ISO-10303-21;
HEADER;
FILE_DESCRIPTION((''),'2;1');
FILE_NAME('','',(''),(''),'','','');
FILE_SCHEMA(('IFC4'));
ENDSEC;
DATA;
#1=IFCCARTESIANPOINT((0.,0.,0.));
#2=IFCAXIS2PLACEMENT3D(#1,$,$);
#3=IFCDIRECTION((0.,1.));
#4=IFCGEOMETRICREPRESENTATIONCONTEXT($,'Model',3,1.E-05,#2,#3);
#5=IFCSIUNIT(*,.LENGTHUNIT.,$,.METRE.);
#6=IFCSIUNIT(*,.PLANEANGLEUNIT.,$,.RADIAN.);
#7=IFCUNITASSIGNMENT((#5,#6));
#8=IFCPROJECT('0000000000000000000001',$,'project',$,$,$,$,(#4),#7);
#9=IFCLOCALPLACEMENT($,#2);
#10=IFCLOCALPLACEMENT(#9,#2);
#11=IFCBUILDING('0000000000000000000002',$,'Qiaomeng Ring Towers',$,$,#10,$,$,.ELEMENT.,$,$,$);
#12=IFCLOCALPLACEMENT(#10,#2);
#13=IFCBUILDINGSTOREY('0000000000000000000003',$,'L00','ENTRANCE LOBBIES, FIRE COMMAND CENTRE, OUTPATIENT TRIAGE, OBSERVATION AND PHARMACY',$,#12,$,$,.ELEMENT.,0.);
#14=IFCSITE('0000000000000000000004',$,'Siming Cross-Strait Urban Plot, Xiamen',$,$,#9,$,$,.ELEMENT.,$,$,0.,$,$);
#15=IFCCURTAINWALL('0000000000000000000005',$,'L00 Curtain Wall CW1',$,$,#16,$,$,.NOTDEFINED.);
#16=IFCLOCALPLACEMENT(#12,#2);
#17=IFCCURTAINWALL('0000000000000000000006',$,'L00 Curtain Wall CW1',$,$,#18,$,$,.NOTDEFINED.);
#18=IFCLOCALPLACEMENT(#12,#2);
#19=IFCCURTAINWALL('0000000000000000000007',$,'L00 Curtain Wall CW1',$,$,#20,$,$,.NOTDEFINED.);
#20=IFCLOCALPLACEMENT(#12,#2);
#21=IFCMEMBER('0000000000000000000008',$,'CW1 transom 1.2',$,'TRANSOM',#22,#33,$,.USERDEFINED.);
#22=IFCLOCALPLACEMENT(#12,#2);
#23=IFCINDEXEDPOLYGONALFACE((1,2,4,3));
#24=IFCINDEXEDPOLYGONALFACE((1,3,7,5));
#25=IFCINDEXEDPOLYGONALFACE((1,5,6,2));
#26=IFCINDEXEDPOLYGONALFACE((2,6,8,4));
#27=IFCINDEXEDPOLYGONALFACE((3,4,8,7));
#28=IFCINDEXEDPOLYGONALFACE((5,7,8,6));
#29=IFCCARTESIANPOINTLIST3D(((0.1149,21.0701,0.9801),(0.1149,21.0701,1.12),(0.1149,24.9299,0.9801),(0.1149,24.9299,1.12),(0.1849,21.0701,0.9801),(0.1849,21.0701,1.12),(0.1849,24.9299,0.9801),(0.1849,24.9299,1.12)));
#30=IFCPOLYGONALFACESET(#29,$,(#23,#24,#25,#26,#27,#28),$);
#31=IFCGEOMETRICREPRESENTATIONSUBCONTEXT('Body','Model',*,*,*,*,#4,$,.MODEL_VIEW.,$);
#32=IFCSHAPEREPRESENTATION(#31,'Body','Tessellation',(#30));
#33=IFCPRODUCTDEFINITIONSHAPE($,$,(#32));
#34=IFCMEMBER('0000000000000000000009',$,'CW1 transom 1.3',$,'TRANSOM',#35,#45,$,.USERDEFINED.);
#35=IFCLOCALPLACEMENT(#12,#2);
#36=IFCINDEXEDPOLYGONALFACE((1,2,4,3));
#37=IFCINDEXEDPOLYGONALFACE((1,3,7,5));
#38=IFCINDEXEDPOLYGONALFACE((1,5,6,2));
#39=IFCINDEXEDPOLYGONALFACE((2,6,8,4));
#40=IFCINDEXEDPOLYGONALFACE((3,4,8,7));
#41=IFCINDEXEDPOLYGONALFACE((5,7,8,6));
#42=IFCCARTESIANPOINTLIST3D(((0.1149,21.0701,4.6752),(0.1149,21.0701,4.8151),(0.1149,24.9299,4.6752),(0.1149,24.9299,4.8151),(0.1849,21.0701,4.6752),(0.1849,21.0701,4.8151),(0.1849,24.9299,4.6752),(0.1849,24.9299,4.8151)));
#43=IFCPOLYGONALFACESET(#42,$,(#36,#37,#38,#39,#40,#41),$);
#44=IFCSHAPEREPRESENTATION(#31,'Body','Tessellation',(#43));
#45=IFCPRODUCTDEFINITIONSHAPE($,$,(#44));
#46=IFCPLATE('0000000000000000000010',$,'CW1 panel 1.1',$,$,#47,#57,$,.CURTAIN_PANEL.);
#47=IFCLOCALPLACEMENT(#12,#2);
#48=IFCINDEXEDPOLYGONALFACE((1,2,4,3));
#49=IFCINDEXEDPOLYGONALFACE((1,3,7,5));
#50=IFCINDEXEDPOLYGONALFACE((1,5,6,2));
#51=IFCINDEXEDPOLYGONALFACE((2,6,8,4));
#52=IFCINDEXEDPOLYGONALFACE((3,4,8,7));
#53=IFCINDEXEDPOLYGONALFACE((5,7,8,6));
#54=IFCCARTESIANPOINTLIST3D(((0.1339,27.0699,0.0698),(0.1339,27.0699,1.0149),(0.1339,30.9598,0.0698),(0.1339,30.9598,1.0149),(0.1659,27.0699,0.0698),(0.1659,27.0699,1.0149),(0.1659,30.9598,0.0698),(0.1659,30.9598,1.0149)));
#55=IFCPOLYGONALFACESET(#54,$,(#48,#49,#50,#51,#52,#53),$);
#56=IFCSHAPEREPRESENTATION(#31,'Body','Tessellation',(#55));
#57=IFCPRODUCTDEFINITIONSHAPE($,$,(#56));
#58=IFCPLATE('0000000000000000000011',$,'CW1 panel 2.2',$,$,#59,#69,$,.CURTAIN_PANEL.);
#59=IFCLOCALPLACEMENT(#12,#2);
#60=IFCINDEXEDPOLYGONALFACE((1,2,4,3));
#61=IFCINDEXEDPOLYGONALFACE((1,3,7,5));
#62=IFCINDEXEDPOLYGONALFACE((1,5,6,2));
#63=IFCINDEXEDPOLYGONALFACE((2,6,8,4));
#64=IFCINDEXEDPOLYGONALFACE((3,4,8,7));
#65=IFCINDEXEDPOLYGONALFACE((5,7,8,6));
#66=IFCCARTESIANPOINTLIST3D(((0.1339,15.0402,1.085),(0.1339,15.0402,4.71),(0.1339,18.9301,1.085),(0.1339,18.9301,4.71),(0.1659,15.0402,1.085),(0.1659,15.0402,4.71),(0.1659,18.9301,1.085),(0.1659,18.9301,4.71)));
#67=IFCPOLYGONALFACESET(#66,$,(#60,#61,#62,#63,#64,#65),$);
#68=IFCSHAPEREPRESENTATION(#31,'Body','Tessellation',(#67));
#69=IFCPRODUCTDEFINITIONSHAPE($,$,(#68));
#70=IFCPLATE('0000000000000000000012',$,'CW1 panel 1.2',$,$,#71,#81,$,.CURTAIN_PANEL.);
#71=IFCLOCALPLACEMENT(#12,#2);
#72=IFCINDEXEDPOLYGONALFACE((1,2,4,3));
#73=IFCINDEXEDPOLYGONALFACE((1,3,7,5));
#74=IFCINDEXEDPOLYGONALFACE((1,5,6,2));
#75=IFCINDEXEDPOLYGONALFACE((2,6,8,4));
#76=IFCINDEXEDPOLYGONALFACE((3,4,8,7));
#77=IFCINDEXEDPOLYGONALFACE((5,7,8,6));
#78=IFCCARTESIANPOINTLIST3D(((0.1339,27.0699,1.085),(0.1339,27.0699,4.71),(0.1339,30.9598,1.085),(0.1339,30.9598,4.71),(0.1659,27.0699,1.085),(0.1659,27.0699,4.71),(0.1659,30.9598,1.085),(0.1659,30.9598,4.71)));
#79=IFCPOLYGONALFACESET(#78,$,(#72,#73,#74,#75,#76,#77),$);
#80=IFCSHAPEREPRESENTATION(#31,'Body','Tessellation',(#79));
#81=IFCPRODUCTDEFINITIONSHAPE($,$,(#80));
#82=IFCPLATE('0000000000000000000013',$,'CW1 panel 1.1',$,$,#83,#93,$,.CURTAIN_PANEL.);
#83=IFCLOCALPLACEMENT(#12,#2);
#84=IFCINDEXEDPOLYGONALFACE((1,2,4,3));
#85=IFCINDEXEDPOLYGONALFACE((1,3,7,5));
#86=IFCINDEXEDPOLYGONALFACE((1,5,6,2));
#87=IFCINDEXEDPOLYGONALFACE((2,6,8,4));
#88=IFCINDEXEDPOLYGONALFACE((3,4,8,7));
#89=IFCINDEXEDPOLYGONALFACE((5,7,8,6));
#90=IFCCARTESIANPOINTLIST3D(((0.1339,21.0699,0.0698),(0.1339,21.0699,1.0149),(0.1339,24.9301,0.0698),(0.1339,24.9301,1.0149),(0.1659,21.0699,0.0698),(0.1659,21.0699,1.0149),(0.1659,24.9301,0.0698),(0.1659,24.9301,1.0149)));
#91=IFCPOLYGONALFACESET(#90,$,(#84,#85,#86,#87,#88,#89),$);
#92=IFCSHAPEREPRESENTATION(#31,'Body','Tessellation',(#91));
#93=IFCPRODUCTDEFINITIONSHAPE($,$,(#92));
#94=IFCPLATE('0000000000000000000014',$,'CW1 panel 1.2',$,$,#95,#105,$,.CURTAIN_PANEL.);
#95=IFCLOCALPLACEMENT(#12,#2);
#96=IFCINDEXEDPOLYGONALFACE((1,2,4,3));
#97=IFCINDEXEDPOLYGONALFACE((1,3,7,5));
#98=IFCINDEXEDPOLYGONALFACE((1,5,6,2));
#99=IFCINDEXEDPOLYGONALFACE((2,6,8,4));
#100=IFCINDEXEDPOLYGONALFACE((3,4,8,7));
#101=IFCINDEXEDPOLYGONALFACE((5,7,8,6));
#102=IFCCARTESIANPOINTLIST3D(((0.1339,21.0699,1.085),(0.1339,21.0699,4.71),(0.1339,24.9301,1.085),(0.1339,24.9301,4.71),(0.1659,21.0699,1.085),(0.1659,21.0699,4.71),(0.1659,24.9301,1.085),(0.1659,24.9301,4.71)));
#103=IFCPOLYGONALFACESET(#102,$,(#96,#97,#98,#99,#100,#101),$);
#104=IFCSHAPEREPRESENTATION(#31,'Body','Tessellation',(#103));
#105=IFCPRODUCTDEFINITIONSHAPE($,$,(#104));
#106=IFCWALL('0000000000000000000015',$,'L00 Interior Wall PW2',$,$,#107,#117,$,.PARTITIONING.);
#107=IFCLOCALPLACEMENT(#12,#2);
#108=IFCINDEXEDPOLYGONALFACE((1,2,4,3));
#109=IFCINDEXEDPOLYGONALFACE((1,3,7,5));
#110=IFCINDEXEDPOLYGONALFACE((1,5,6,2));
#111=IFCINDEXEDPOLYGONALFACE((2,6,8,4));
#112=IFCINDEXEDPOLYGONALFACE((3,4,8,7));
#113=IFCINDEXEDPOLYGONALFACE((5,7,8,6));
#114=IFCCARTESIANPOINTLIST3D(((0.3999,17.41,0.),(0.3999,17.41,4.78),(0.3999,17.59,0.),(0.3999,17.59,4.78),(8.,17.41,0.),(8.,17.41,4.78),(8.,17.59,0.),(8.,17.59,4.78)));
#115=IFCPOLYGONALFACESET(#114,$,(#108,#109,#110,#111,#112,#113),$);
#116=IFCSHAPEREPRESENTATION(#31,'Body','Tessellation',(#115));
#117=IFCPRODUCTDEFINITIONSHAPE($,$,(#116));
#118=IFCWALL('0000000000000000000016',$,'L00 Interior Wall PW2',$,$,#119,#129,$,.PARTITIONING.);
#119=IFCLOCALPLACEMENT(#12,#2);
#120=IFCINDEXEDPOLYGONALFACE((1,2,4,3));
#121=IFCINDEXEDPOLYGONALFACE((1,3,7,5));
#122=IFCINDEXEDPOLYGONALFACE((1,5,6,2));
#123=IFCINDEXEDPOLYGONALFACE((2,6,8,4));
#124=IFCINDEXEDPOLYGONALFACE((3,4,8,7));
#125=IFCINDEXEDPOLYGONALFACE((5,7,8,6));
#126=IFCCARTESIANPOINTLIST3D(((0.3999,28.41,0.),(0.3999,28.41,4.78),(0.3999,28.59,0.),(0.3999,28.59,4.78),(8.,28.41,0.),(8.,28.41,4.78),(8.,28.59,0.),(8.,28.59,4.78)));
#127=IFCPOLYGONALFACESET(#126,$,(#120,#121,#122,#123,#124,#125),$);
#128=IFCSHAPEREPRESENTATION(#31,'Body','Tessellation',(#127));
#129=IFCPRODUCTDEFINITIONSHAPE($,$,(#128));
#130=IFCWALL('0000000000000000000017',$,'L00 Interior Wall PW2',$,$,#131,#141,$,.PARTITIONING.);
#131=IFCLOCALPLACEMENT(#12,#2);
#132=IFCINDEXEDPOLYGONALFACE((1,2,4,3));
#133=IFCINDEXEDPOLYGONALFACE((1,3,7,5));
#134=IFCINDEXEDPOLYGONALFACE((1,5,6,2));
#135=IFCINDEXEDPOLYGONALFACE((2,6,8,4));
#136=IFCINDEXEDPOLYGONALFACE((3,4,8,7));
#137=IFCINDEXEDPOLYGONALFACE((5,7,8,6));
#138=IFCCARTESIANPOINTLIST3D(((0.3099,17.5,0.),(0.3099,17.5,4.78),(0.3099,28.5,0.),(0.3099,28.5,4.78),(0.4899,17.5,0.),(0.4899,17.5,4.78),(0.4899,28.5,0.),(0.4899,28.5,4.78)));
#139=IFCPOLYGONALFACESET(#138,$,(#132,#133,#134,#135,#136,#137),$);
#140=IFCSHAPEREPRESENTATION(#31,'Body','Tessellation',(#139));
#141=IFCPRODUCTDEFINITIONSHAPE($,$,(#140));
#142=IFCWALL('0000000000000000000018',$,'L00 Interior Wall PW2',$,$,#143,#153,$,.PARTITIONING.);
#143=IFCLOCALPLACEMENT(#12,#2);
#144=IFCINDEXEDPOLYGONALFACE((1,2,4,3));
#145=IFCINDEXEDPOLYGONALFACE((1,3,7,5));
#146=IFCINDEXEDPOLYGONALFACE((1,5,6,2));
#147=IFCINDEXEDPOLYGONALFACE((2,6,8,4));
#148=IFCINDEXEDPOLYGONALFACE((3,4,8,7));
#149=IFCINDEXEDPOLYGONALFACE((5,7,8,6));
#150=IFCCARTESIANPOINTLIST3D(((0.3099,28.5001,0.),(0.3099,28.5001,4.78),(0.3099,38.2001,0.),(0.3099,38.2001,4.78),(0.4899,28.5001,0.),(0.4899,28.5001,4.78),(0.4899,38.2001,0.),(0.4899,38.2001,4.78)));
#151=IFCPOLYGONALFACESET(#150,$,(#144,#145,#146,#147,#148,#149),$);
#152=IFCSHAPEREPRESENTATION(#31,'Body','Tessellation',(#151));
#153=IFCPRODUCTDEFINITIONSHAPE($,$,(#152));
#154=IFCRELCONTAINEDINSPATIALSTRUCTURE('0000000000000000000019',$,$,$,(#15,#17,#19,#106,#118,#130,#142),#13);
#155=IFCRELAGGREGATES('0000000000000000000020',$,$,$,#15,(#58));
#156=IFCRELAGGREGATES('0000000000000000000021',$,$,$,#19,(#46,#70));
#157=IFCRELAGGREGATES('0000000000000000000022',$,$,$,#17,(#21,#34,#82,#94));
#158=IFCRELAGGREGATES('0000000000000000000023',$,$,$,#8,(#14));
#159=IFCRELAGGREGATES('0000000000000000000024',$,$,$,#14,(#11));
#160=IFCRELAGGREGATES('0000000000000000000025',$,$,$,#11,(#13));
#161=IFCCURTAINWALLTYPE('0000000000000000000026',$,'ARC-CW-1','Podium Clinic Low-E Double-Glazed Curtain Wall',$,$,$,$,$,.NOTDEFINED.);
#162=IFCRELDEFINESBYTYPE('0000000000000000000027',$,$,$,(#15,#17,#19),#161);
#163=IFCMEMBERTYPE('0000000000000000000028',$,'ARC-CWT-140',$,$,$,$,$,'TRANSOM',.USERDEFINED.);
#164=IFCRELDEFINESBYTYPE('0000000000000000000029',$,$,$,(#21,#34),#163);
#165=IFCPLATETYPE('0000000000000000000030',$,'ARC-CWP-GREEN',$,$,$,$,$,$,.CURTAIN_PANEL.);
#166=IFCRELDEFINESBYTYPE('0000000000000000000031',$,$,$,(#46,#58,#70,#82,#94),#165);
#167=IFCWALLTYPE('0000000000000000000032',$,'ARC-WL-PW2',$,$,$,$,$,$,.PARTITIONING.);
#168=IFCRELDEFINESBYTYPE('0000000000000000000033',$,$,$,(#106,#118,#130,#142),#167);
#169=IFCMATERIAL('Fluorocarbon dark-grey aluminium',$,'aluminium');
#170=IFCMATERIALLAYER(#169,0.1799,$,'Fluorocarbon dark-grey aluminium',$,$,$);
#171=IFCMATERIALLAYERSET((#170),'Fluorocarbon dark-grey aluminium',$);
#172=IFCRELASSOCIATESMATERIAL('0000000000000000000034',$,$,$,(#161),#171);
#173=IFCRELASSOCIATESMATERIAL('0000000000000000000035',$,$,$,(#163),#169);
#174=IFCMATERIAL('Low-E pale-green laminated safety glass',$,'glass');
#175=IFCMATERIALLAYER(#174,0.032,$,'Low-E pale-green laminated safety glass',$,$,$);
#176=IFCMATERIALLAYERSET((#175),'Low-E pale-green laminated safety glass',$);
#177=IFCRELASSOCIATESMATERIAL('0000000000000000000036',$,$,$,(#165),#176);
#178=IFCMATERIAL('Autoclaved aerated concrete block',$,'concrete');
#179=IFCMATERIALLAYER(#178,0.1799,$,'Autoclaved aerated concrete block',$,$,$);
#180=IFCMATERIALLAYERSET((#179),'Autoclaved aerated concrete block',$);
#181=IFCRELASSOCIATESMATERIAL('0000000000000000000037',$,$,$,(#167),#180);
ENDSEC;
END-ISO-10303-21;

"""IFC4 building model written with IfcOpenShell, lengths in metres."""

from ifc_helpers import new_model, si_unit, direction, frame, frame_2d, origin, origin_2d, place, context, subcontext, project, spatial, rectangle, extrude, source, transform, mapped, material, layer, layer_set, material_profile, profile_set, type_object, element, aggregate, save


model = new_model("IFC4")

# Units and contexts
model_context = context("Model", 3, precision=1e-05, world=origin(), true_north=direction((0.0, 1.0)))
body_context = subcontext(model_context, "Body", "Model", "MODEL_VIEW")
ifc_project = project(units=[si_unit("LENGTHUNIT", "METRE"), si_unit("PLANEANGLEUNIT", "RADIAN")], contexts=[model_context])

# Site, building, storey
site_placement = place(None, origin())
site = spatial("IfcSite", under=ifc_project, at=site_placement, Name="Siming Cross-Strait Urban Plot, Xiamen", CompositionType="ELEMENT", RefElevation=0.0)
building_placement = place(site_placement, origin())
building = spatial("IfcBuilding", under=site, at=building_placement, Name="Qiaomeng Ring Towers", CompositionType="ELEMENT")
storey_placement = place(building_placement, origin())
storey = spatial("IfcBuildingStorey", under=building, at=storey_placement, Name="L00", Description="ENTRANCE LOBBIES, FIRE COMMAND CENTRE, OUTPATIENT TRIAGE, OBSERVATION AND PHARMACY", CompositionType="ELEMENT", Elevation=0.0)

# Curtain wall
ifc_material_1 = material(Name="Fluorocarbon dark-grey aluminium", Category="aluminium")
ifc_layer_1 = layer(ifc_material_1, 0.1799, Name="Fluorocarbon dark-grey aluminium")
ifc_layer_set_1 = layer_set([ifc_layer_1], Name="Fluorocarbon dark-grey aluminium")
curtain_wall_type = type_object("IfcCurtainWallType", Name="ARC-CW-1", Description="Podium Clinic Low-E Double-Glazed Curtain Wall", PredefinedType="NOTDEFINED", material=ifc_layer_set_1)
curtain_wall_1_placement = place(storey_placement, origin())
curtain_wall_1 = element("IfcCurtainWall", 1, at=curtain_wall_1_placement, inside=storey, type_object=curtain_wall_type, Name="L00 Curtain Wall CW1", PredefinedType="NOTDEFINED")

# Curtain walls
curtain_wall_2_placement = place(storey_placement, origin())
curtain_wall_2 = element("IfcCurtainWall", 2, at=curtain_wall_2_placement, inside=storey, type_object=curtain_wall_type, Name="L00 Curtain Wall CW1", PredefinedType="NOTDEFINED")
curtain_wall_3_placement = place(storey_placement, origin())
curtain_wall_3 = element("IfcCurtainWall", 3, at=curtain_wall_3_placement, inside=storey, type_object=curtain_wall_type, Name="L00 Curtain Wall CW1", PredefinedType="NOTDEFINED")
ifc_material_profile_1 = material_profile(ifc_material_1, rectangle(XDim=0.0701, YDim=0.1399, at=origin_2d()), Name="ALU TRAN 70x140")
ifc_profile_set_1 = profile_set([ifc_material_profile_1], Name="Fluorocarbon dark-grey aluminium")
member_type_1 = type_object("IfcMemberType", Name="ARC-CWT-140", ElementType="TRANSOM", PredefinedType="USERDEFINED", material=ifc_profile_set_1)

# Members
shared_shape_1 = source(origin(), body_context, "Body", "SweptSolid", [
    extrude(rectangle(XDim=0.0701, YDim=0.1399, at=origin_2d()), origin(), (0.0, 0.0, 1.0), 3.8599),
])
member_1_placement = place(storey_placement, frame((0.1499, 21.0701, 1.05), z_axis=(0.0, 1.0, 0.0), x_axis=(-1.0, 0.0, 0.0)))
member_1 = element("IfcMember", 4, at=member_1_placement, type_object=member_type_1, Name="CW1 transom 1.2", ObjectType="TRANSOM", PredefinedType="USERDEFINED", context=body_context, shape_type="MappedRepresentation", body=[
    mapped(shared_shape_1, transform((0.0, 0.0, 0.0), x_axis=(1.0, 0.0, 0.0), y_axis=(0.0, 1.0, 0.0), z_axis=(0.0, 0.0, 1.0), scale=1.0)),
])
member_2_placement = place(storey_placement, frame((0.1499, 21.0701, 4.7451), z_axis=(0.0, 1.0, 0.0), x_axis=(-1.0, 0.0, 0.0)))
member_2 = element("IfcMember", 5, at=member_2_placement, type_object=member_type_1, Name="CW1 transom 1.3", ObjectType="TRANSOM", PredefinedType="USERDEFINED", context=body_context, shape_type="MappedRepresentation", body=[
    mapped(shared_shape_1, transform((0.0, 0.0, 0.0), x_axis=(1.0, 0.0, 0.0), y_axis=(0.0, 1.0, 0.0), z_axis=(0.0, 0.0, 1.0), scale=1.0)),
])

# Plates
ifc_material_2 = material(Name="Low-E pale-green laminated safety glass", Category="glass")
ifc_layer_2 = layer(ifc_material_2, 0.032, Name="Low-E pale-green laminated safety glass")
ifc_layer_set_2 = layer_set([ifc_layer_2], Name="Low-E pale-green laminated safety glass")
plate_type = type_object("IfcPlateType", Name="ARC-CWP-GREEN", PredefinedType="CURTAIN_PANEL", material=ifc_layer_set_2)
shared_shape_2 = source(origin(), body_context, "Body", "SweptSolid", [
    extrude(rectangle(XDim=3.8899, YDim=0.032, at=origin_2d()), origin(), (0.0, 0.0, 1.0), 0.9451),
])
plate_1_placement = place(storey_placement, frame((0.1499, 29.0149, 0.0698), z_axis=(0.0, 0.0, 1.0), x_axis=(0.0, 1.0, 0.0)))
plate_1 = element("IfcPlate", 6, at=plate_1_placement, type_object=plate_type, Name="CW1 panel 1.1", PredefinedType="CURTAIN_PANEL", context=body_context, shape_type="MappedRepresentation", body=[
    mapped(shared_shape_2, transform((0.0, 0.0, 0.0), x_axis=(1.0, 0.0, 0.0), y_axis=(0.0, 1.0, 0.0), z_axis=(0.0, 0.0, 1.0), scale=1.0)),
])
shared_shape_3 = source(origin(), body_context, "Body", "SweptSolid", [
    extrude(rectangle(XDim=3.8899, YDim=0.032, at=origin_2d()), origin(), (0.0, 0.0, 1.0), 3.625),
])
plate_2_placement = place(storey_placement, frame((0.1499, 16.9851, 1.085), z_axis=(0.0, 0.0, 1.0), x_axis=(0.0, 1.0, 0.0)))
plate_2 = element("IfcPlate", 7, at=plate_2_placement, type_object=plate_type, Name="CW1 panel 2.2", PredefinedType="CURTAIN_PANEL", context=body_context, shape_type="MappedRepresentation", body=[
    mapped(shared_shape_3, transform((0.0, 0.0, 0.0), x_axis=(1.0, 0.0, 0.0), y_axis=(0.0, 1.0, 0.0), z_axis=(0.0, 0.0, 1.0), scale=1.0)),
])
aggregate(curtain_wall_1, [plate_2])
plate_3_placement = place(storey_placement, frame((0.1499, 29.0149, 1.085), z_axis=(0.0, 0.0, 1.0), x_axis=(0.0, 1.0, 0.0)))
plate_3 = element("IfcPlate", 8, at=plate_3_placement, type_object=plate_type, Name="CW1 panel 1.2", PredefinedType="CURTAIN_PANEL", context=body_context, shape_type="MappedRepresentation", body=[
    mapped(shared_shape_3, transform((0.0, 0.0, 0.0), x_axis=(1.0, 0.0, 0.0), y_axis=(0.0, 1.0, 0.0), z_axis=(0.0, 0.0, 1.0), scale=1.0)),
])
aggregate(curtain_wall_3, [plate_1, plate_3])
shared_shape_4 = source(origin(), body_context, "Body", "SweptSolid", [
    extrude(rectangle(XDim=3.8601, YDim=0.032, at=origin_2d()), origin(), (0.0, 0.0, 1.0), 0.9451),
])
plate_4_placement = place(storey_placement, frame((0.1499, 23.0, 0.0698), z_axis=(0.0, 0.0, 1.0), x_axis=(0.0, 1.0, 0.0)))
plate_4 = element("IfcPlate", 9, at=plate_4_placement, type_object=plate_type, Name="CW1 panel 1.1", PredefinedType="CURTAIN_PANEL", context=body_context, shape_type="MappedRepresentation", body=[
    mapped(shared_shape_4, transform((0.0, 0.0, 0.0), x_axis=(1.0, 0.0, 0.0), y_axis=(0.0, 1.0, 0.0), z_axis=(0.0, 0.0, 1.0), scale=1.0)),
])
shared_shape_5 = source(origin(), body_context, "Body", "SweptSolid", [
    extrude(rectangle(XDim=3.8601, YDim=0.032, at=origin_2d()), origin(), (0.0, 0.0, 1.0), 3.625),
])
plate_5_placement = place(storey_placement, frame((0.1499, 23.0, 1.085), z_axis=(0.0, 0.0, 1.0), x_axis=(0.0, 1.0, 0.0)))
plate_5 = element("IfcPlate", 10, at=plate_5_placement, type_object=plate_type, Name="CW1 panel 1.2", PredefinedType="CURTAIN_PANEL", context=body_context, shape_type="MappedRepresentation", body=[
    mapped(shared_shape_5, transform((0.0, 0.0, 0.0), x_axis=(1.0, 0.0, 0.0), y_axis=(0.0, 1.0, 0.0), z_axis=(0.0, 0.0, 1.0), scale=1.0)),
])
aggregate(curtain_wall_2, [member_1, member_2, plate_4, plate_5])

# Walls
ifc_material_3 = material(Name="Autoclaved aerated concrete block", Category="concrete")
ifc_layer_3 = layer(ifc_material_3, 0.1799, Name="Autoclaved aerated concrete block")
ifc_layer_set_3 = layer_set([ifc_layer_3], Name="Autoclaved aerated concrete block")
wall_type = type_object("IfcWallType", Name="ARC-WL-PW2", PredefinedType="PARTITIONING", material=ifc_layer_set_3)
for number, where, z_axis, x_axis, name in (
    (11, (0.3999, 17.5, 0.0), (0.0, 0.0, 1.0), (1.0, 0.0, 0.0), "L00 Interior Wall PW2"),
    (12, (0.3999, 28.5, 0.0), (0.0, 0.0, 1.0), (1.0, 0.0, 0.0), "L00 Interior Wall PW2"),
):
    element("IfcWall", number, at=place(storey_placement, frame(where, z_axis=z_axis, x_axis=x_axis)), inside=storey, type_object=wall_type, Name=name, PredefinedType="PARTITIONING", context=body_context, shape_type="SweptSolid", body=[
        extrude(rectangle(XDim=7.6001, YDim=0.1799, at=frame_2d((3.8, 0.0))), origin(), (0.0, 0.0, 1.0), 4.78),
    ])
wall_1_placement = place(storey_placement, frame((0.3999, 17.5, 0.0), z_axis=(0.0, 0.0, 1.0), x_axis=(0.0, 1.0, 0.0)))
element("IfcWall", 13, at=wall_1_placement, inside=storey, type_object=wall_type, Name="L00 Interior Wall PW2", PredefinedType="PARTITIONING", context=body_context, shape_type="SweptSolid", body=[
    extrude(rectangle(XDim=11.0, YDim=0.1799, at=frame_2d((5.5, 0.0))), origin(), (0.0, 0.0, 1.0), 4.78),
])
wall_2_placement = place(storey_placement, frame((0.3999, 28.5, 0.0), z_axis=(0.0, 0.0, 1.0), x_axis=(0.0, 1.0, 0.0)))
element("IfcWall", 14, at=wall_2_placement, inside=storey, type_object=wall_type, Name="L00 Interior Wall PW2", PredefinedType="PARTITIONING", context=body_context, shape_type="SweptSolid", body=[
    extrude(rectangle(XDim=9.7, YDim=0.1799, at=frame_2d((4.8501, 0.0))), origin(), (0.0, 0.0, 1.0), 4.78),
])

save(model, "model.ifc")
